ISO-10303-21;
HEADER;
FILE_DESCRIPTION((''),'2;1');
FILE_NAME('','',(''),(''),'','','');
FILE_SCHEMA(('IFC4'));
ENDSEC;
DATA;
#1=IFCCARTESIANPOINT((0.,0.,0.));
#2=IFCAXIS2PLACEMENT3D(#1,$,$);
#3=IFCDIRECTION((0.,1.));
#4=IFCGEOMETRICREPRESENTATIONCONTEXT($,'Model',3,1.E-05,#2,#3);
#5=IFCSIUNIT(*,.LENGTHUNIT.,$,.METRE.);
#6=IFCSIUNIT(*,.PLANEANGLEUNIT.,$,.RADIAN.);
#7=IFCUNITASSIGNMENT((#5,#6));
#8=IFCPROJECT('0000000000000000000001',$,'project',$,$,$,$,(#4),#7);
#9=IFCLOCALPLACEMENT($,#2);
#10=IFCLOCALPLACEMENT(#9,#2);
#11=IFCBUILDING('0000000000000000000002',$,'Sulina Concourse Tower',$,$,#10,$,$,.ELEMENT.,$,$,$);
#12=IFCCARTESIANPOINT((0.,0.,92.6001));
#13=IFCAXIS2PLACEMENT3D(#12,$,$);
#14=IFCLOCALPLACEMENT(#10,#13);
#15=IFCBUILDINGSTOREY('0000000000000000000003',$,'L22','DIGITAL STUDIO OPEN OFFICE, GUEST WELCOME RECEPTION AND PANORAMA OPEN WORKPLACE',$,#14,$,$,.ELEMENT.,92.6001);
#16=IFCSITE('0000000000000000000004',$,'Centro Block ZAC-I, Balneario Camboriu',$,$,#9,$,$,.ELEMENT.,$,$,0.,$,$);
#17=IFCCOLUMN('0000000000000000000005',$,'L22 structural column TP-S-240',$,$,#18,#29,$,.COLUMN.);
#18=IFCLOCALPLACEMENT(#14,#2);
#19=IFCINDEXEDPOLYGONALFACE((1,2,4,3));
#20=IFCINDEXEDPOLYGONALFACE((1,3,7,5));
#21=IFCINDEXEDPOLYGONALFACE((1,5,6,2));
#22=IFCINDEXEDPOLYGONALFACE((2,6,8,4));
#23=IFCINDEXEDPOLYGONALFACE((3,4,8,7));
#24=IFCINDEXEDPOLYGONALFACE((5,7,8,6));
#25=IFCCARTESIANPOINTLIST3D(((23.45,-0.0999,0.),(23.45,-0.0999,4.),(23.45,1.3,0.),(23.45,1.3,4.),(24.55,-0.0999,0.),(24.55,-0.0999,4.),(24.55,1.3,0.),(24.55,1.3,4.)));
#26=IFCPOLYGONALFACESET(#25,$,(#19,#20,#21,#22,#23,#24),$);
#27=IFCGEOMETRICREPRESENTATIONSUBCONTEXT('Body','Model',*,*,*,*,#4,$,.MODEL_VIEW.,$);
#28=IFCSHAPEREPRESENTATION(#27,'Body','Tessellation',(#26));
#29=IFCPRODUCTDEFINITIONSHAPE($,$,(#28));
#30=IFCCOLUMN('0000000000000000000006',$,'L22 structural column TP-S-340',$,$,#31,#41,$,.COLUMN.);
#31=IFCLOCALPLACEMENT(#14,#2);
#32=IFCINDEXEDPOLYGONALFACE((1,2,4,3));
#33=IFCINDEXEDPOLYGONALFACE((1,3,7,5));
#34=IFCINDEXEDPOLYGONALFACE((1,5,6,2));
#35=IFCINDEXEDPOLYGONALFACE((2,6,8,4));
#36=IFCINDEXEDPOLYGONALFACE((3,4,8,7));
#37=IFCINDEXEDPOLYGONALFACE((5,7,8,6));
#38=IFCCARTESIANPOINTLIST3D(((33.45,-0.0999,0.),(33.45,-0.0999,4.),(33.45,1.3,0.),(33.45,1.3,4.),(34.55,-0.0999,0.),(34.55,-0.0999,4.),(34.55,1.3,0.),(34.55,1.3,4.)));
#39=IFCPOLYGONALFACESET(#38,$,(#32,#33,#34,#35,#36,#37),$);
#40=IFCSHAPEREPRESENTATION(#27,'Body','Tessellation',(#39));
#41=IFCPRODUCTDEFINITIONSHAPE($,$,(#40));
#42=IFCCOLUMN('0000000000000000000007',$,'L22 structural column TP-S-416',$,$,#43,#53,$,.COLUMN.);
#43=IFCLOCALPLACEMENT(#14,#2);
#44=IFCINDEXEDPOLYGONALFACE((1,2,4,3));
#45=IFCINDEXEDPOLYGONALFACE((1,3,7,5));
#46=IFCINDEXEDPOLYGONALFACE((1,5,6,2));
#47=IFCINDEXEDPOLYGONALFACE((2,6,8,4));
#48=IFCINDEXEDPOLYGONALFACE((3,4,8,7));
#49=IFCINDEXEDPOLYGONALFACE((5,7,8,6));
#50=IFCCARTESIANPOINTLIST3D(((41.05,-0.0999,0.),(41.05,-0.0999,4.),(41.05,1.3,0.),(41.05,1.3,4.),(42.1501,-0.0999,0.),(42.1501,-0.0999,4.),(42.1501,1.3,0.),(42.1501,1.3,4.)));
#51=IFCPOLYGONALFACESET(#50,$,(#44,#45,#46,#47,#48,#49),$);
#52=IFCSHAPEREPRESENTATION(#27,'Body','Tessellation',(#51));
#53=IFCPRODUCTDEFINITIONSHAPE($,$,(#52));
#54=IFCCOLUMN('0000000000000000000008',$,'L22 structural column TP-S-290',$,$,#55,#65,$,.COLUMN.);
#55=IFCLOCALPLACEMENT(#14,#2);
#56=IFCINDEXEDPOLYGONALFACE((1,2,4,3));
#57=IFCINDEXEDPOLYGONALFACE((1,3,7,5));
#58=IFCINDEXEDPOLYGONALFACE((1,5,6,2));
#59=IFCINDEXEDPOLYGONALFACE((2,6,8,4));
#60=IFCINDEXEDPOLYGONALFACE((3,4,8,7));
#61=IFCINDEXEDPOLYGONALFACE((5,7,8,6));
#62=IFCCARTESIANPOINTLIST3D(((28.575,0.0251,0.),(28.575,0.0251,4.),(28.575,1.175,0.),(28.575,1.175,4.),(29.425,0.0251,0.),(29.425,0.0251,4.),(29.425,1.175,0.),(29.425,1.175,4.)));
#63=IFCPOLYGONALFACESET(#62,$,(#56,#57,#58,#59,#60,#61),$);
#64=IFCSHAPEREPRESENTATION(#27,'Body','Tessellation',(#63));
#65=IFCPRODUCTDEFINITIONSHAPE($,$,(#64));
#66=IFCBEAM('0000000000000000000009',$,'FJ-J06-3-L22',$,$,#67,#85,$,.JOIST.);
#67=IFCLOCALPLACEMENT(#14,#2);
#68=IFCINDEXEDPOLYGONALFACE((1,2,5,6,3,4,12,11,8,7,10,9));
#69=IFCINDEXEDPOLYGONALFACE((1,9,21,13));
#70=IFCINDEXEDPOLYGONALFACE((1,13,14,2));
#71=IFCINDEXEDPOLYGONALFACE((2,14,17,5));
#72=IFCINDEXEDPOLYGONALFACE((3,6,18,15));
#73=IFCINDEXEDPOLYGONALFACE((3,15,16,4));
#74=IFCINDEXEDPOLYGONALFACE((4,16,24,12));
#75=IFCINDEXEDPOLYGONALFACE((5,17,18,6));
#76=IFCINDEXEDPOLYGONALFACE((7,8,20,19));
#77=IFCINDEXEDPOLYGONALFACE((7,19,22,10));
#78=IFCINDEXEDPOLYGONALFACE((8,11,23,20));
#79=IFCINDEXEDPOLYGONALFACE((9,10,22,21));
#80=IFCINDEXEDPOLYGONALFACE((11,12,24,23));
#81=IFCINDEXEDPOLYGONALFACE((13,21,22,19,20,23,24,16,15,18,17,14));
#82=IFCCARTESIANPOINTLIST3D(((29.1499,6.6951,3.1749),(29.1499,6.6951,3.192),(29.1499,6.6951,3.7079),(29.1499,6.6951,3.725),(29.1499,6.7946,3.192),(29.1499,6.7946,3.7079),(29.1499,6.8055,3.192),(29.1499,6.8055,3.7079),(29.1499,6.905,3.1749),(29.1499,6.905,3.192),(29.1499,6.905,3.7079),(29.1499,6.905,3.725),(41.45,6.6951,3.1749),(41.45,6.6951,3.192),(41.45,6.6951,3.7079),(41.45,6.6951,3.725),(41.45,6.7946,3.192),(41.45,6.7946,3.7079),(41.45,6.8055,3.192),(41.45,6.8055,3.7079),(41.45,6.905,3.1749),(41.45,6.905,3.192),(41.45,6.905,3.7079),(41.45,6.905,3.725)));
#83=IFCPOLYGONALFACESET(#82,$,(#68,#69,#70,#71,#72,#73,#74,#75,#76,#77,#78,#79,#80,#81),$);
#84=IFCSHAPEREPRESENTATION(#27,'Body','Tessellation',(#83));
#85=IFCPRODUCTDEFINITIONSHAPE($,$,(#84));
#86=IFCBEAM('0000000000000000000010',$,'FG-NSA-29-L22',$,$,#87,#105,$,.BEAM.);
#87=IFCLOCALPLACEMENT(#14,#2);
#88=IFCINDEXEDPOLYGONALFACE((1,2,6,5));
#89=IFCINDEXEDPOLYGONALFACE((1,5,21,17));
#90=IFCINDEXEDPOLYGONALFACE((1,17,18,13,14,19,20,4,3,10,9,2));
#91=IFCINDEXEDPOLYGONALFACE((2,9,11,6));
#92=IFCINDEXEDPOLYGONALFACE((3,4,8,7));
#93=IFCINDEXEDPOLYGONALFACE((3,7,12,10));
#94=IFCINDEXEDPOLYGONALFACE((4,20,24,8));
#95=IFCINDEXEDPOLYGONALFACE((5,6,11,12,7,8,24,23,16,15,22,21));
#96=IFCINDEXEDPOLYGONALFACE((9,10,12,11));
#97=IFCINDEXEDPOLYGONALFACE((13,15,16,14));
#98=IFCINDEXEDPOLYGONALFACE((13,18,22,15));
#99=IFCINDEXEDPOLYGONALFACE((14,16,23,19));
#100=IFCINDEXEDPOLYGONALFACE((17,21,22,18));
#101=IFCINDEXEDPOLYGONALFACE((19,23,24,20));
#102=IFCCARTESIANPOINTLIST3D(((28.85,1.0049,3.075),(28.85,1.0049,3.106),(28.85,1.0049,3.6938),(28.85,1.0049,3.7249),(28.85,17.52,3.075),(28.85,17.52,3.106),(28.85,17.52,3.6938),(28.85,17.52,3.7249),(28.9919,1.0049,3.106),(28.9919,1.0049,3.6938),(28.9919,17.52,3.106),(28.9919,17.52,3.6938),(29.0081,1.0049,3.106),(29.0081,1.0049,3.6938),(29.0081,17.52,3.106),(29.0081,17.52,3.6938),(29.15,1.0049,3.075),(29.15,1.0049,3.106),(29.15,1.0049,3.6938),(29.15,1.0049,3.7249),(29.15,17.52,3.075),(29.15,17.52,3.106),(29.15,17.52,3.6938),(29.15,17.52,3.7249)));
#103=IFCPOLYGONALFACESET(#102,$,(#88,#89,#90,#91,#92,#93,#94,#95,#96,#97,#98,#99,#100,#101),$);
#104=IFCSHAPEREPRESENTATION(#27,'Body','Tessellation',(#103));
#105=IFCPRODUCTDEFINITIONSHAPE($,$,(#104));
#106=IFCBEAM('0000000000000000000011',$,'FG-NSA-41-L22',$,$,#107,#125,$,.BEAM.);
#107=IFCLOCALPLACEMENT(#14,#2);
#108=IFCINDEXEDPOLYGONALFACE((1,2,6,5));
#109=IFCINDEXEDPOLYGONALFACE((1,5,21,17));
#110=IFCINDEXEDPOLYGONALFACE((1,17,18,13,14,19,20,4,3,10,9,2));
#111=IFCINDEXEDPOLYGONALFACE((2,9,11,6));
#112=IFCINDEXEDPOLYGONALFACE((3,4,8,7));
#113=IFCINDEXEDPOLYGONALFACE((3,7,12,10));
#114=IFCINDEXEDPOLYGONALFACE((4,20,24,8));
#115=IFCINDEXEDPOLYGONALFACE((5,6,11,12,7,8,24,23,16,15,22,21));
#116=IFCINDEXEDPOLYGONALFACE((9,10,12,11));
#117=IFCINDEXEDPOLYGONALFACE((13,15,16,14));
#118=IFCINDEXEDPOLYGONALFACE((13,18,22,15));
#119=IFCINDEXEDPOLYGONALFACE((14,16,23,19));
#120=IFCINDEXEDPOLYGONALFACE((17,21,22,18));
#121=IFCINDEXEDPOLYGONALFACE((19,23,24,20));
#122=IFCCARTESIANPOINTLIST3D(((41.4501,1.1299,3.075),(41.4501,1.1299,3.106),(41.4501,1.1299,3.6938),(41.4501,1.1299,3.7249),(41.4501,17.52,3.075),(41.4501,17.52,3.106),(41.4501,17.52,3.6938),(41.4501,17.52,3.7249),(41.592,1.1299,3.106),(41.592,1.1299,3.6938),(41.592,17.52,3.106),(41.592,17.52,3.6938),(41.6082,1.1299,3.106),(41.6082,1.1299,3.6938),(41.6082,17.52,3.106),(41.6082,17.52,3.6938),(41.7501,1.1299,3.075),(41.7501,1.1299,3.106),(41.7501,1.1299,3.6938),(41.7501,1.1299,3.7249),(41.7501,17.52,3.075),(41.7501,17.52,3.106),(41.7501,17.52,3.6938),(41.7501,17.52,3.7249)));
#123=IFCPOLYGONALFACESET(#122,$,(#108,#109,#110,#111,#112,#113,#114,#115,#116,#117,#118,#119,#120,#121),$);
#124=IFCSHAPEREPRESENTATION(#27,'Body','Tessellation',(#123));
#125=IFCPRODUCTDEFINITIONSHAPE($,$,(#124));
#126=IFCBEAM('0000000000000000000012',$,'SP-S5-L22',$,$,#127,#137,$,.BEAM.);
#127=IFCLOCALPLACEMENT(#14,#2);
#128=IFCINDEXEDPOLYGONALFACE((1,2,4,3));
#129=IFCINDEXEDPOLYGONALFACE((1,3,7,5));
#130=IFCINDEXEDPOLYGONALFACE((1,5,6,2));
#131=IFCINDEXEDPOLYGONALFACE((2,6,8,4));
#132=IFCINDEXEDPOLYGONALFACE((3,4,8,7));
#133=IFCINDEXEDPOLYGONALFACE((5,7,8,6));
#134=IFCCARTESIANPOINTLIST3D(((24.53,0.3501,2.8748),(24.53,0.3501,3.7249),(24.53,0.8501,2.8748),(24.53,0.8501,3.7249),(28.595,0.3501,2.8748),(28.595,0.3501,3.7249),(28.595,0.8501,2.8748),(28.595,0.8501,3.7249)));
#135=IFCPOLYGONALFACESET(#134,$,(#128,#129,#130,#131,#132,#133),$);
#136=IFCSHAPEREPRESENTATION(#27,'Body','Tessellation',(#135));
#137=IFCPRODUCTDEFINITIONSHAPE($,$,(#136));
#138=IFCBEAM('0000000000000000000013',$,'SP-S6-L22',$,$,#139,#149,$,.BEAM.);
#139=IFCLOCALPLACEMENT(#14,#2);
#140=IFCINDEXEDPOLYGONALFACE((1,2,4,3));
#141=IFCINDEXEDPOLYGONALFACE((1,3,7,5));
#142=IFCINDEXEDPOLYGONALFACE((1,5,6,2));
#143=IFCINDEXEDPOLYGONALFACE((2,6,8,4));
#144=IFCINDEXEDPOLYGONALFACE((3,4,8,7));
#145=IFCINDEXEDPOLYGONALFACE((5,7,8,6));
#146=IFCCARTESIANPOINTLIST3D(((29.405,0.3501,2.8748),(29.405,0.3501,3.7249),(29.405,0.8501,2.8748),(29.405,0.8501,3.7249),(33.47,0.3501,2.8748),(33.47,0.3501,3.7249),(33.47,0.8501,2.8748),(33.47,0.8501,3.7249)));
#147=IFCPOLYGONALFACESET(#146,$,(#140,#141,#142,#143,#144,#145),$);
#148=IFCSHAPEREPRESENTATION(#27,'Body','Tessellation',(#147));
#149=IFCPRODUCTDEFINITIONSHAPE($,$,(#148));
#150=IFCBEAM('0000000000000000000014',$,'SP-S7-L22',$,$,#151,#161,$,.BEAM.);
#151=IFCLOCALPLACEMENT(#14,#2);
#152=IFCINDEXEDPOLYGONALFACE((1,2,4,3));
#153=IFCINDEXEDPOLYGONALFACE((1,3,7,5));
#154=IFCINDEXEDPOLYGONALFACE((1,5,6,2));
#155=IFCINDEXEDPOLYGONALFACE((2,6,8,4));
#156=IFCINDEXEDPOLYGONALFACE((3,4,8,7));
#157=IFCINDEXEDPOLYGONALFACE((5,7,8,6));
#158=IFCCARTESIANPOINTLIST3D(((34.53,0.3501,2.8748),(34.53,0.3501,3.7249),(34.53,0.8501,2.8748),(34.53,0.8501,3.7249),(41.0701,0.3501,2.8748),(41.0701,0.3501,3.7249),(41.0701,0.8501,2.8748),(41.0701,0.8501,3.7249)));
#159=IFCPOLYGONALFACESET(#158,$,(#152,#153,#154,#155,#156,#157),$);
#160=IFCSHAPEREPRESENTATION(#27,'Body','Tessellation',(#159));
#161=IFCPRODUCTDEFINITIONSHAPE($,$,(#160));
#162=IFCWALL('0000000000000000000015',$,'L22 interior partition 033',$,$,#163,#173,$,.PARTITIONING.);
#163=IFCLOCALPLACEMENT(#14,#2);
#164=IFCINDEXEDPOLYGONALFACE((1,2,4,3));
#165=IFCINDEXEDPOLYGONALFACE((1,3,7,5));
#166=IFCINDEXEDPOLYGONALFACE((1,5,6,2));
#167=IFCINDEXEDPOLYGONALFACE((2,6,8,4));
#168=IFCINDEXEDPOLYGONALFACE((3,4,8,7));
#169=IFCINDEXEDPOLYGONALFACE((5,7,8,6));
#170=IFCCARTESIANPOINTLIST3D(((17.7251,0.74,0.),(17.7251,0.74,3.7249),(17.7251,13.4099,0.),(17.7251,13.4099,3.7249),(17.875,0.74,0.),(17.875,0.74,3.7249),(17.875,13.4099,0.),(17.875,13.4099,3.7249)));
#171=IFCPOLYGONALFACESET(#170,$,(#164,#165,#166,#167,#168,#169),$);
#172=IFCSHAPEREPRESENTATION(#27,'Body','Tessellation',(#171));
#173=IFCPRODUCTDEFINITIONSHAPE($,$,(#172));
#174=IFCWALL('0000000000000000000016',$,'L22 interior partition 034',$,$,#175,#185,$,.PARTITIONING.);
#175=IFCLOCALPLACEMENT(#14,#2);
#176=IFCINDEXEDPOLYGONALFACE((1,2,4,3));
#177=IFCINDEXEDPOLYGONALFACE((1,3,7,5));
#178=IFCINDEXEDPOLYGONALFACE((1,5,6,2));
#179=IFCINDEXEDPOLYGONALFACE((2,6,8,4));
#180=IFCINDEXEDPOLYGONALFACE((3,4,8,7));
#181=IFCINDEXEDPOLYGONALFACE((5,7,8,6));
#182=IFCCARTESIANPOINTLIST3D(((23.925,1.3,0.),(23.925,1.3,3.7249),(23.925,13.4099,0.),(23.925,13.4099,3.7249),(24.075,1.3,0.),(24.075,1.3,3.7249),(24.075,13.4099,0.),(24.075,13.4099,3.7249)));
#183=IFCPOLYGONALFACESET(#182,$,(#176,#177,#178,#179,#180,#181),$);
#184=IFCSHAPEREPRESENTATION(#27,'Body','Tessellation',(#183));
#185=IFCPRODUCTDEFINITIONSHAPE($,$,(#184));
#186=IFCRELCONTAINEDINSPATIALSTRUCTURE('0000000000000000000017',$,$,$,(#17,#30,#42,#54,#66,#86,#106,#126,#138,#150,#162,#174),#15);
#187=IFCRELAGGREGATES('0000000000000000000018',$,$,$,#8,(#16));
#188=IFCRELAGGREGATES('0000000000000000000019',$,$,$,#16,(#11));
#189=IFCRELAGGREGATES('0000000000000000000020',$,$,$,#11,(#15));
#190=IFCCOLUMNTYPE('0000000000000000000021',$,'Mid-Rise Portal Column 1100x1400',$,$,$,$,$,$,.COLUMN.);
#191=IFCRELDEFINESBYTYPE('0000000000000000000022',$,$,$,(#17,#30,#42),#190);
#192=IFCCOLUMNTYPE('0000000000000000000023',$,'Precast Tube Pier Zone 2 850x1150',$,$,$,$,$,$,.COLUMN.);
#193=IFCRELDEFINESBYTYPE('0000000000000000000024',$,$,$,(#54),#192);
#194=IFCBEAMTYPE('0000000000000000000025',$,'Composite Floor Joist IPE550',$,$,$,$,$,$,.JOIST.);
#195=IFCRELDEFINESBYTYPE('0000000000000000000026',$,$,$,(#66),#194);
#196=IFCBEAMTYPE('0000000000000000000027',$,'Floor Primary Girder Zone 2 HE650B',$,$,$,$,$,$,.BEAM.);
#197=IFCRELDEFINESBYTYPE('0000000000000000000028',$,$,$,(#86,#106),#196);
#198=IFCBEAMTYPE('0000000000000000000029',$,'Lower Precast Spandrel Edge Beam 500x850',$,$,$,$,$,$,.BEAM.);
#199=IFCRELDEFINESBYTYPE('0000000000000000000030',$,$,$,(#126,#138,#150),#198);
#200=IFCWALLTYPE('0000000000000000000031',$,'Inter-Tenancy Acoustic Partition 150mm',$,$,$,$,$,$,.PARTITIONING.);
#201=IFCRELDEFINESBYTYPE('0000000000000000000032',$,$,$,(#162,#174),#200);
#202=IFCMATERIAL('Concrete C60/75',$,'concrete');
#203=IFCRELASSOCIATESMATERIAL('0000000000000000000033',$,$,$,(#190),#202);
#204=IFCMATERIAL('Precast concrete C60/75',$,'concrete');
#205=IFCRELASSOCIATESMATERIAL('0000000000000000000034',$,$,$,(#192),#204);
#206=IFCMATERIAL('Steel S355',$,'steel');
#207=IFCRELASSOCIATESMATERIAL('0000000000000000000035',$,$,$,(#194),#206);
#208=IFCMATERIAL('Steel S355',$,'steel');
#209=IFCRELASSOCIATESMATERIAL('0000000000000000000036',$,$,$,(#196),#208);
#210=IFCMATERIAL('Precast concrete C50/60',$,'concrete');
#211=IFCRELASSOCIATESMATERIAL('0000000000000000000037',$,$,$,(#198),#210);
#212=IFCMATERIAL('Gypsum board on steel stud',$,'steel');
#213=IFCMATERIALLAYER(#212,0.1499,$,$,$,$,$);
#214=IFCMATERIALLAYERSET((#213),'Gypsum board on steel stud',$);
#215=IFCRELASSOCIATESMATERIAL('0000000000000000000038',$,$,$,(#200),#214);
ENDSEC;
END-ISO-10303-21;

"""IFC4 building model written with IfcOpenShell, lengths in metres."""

from ifc_helpers import new_model, si_unit, direction, frame, frame_2d, origin, origin_2d, place, context, subcontext, project, spatial, rectangle, i_section, extrude, material, layer, layer_set, material_profile, profile_set, type_object, element, save


model = new_model("IFC4")

# Units and contexts
model_context = context("Model", 3, precision=1e-05, world=origin(), true_north=direction((0.0, 1.0)))
body_context = subcontext(model_context, "Body", "Model", "MODEL_VIEW")
ifc_project = project(units=[si_unit("LENGTHUNIT", "METRE"), si_unit("PLANEANGLEUNIT", "RADIAN")], contexts=[model_context])

# Site, building, storey
site_placement = place(None, origin())
site = spatial("IfcSite", under=ifc_project, at=site_placement, Name="Centro Block ZAC-I, Balneario Camboriu", CompositionType="ELEMENT", RefElevation=0.0)
building_placement = place(site_placement, origin())
building = spatial("IfcBuilding", under=site, at=building_placement, Name="Sulina Concourse Tower", CompositionType="ELEMENT")
storey_placement = place(building_placement, frame((0.0, 0.0, 92.6001)))
storey = spatial("IfcBuildingStorey", under=building, at=storey_placement, Name="L22", Description="DIGITAL STUDIO OPEN OFFICE, GUEST WELCOME RECEPTION AND PANORAMA OPEN WORKPLACE", CompositionType="ELEMENT", Elevation=92.6001)

# Columns
ifc_material_1 = material(Name="Concrete C60/75", Category="concrete")
ifc_material_profile_1 = material_profile(ifc_material_1, rectangle(XDim=1.1001, YDim=1.3999, at=origin_2d()), Name="RC 1100x1400")
ifc_profile_set_1 = profile_set([ifc_material_profile_1], Name="Concrete C60/75")
column_type_1 = type_object("IfcColumnType", Name="Mid-Rise Portal Column 1100x1400", PredefinedType="COLUMN", material=ifc_profile_set_1)
for number, where, z_axis, x_axis, name in (
    (1, (24.0, 0.6001, 0.0), (0.0, 0.0, 1.0), (1.0, 0.0, 0.0), "L22 structural column TP-S-240"),
    (2, (34.0, 0.6001, 0.0), (0.0, 0.0, 1.0), (1.0, 0.0, 0.0), "L22 structural column TP-S-340"),
    (3, (41.6001, 0.6001, 0.0), (0.0, 0.0, 1.0), (1.0, 0.0, 0.0), "L22 structural column TP-S-416"),
):
    element("IfcColumn", number, at=place(storey_placement, frame(where, z_axis=z_axis, x_axis=x_axis)), inside=storey, type_object=column_type_1, Name=name, PredefinedType="COLUMN", context=body_context, shape_type="SweptSolid", body=[
        extrude(rectangle(XDim=1.1001, YDim=1.3999, at=origin_2d()), origin(), (0.0, 0.0, 1.0), 4.0),
    ])
ifc_material_2 = material(Name="Precast concrete C60/75", Category="concrete")
ifc_material_profile_2 = material_profile(ifc_material_2, rectangle(XDim=0.8501, YDim=1.1499, at=origin_2d()), Name="PC 850x1150")
ifc_profile_set_2 = profile_set([ifc_material_profile_2], Name="Precast concrete C60/75")
column_type_2 = type_object("IfcColumnType", Name="Precast Tube Pier Zone 2 850x1150", PredefinedType="COLUMN", material=ifc_profile_set_2)
column_placement = place(storey_placement, frame((29.0, 0.6001, 0.0), z_axis=(0.0, 0.0, 1.0), x_axis=(1.0, 0.0, 0.0)))
element("IfcColumn", 4, at=column_placement, inside=storey, type_object=column_type_2, Name="L22 structural column TP-S-290", PredefinedType="COLUMN", context=body_context, shape_type="SweptSolid", body=[
    extrude(rectangle(XDim=0.8501, YDim=1.1499, at=origin_2d()), origin(), (0.0, 0.0, 1.0), 4.0),
])

# Beams
ifc_material_3 = material(Name="Steel S355", Category="steel")
ifc_material_profile_3 = material_profile(ifc_material_3, i_section(OverallWidth=0.21, OverallDepth=0.55, WebThickness=0.011, FlangeThickness=0.0171, at=origin_2d()), Name="IPE 550")
ifc_profile_set_3 = profile_set([ifc_material_profile_3], Name="Steel S355")
beam_type_1 = type_object("IfcBeamType", Name="Composite Floor Joist IPE550", PredefinedType="JOIST", material=ifc_profile_set_3)
beam_1_placement = place(storey_placement, frame((29.1499, 6.8, 3.45), z_axis=(1.0, 0.0, 0.0), x_axis=(0.0, 1.0, 0.0)))
element("IfcBeam", 5, at=beam_1_placement, inside=storey, type_object=beam_type_1, Name="FJ-J06-3-L22", PredefinedType="JOIST", context=body_context, shape_type="SweptSolid", body=[
    extrude(i_section(OverallWidth=0.21, OverallDepth=0.55, WebThickness=0.011, FlangeThickness=0.0171, at=origin_2d()), origin(), (0.0, 0.0, 1.0), 12.3),
])
ifc_material_4 = material(Name="Steel S355", Category="steel")
ifc_material_profile_4 = material_profile(ifc_material_4, i_section(OverallWidth=0.3, OverallDepth=0.6499, WebThickness=0.0161, FlangeThickness=0.031, at=origin_2d()), Name="HE 650 B")
ifc_profile_set_4 = profile_set([ifc_material_profile_4], Name="Steel S355")
beam_type_2 = type_object("IfcBeamType", Name="Floor Primary Girder Zone 2 HE650B", PredefinedType="BEAM", material=ifc_profile_set_4)
beam_2_placement = place(storey_placement, frame((29.0, 1.0049, 3.3999), z_axis=(0.0, 1.0, 0.0), x_axis=(-1.0, 0.0, 0.0)))
element("IfcBeam", 6, at=beam_2_placement, inside=storey, type_object=beam_type_2, Name="FG-NSA-29-L22", PredefinedType="BEAM", context=body_context, shape_type="SweptSolid", body=[
    extrude(i_section(OverallWidth=0.3, OverallDepth=0.6499, WebThickness=0.0161, FlangeThickness=0.031, at=origin_2d()), origin(), (0.0, 0.0, 1.0), 16.5151),
])
beam_3_placement = place(storey_placement, frame((41.6001, 1.1299, 3.3999), z_axis=(0.0, 1.0, 0.0), x_axis=(-1.0, 0.0, 0.0)))
element("IfcBeam", 7, at=beam_3_placement, inside=storey, type_object=beam_type_2, Name="FG-NSA-41-L22", PredefinedType="BEAM", context=body_context, shape_type="SweptSolid", body=[
    extrude(i_section(OverallWidth=0.3, OverallDepth=0.6499, WebThickness=0.0161, FlangeThickness=0.031, at=origin_2d()), origin(), (0.0, 0.0, 1.0), 16.3901),
])
ifc_material_5 = material(Name="Precast concrete C50/60", Category="concrete")
ifc_material_profile_5 = material_profile(ifc_material_5, rectangle(XDim=0.5, YDim=0.8501, at=origin_2d()), Name="RC 500x850")
ifc_profile_set_5 = profile_set([ifc_material_profile_5], Name="Precast concrete C50/60")
beam_type_3 = type_object("IfcBeamType", Name="Lower Precast Spandrel Edge Beam 500x850", PredefinedType="BEAM", material=ifc_profile_set_5)
for number, where, z_axis, x_axis, name in (
    (8, (24.53, 0.6001, 3.2998), (1.0, 0.0, 0.0), (0.0, 1.0, 0.0), "SP-S5-L22"),
    (9, (29.405, 0.6001, 3.2998), (1.0, 0.0, 0.0), (0.0, 1.0, 0.0), "SP-S6-L22"),
):
    element("IfcBeam", number, at=place(storey_placement, frame(where, z_axis=z_axis, x_axis=x_axis)), inside=storey, type_object=beam_type_3, Name=name, PredefinedType="BEAM", context=body_context, shape_type="SweptSolid", body=[
        extrude(rectangle(XDim=0.5, YDim=0.8501, at=origin_2d()), origin(), (0.0, 0.0, 1.0), 4.0649),
    ])
beam_4_placement = place(storey_placement, frame((34.53, 0.6001, 3.2998), z_axis=(1.0, 0.0, 0.0), x_axis=(0.0, 1.0, 0.0)))
element("IfcBeam", 10, at=beam_4_placement, inside=storey, type_object=beam_type_3, Name="SP-S7-L22", PredefinedType="BEAM", context=body_context, shape_type="SweptSolid", body=[
    extrude(rectangle(XDim=0.5, YDim=0.8501, at=origin_2d()), origin(), (0.0, 0.0, 1.0), 6.54),
])

# Walls
ifc_material_6 = material(Name="Gypsum board on steel stud", Category="steel")
ifc_layer_1 = layer(ifc_material_6, 0.1499)
ifc_layer_set_1 = layer_set([ifc_layer_1], Name="Gypsum board on steel stud")
wall_type_1 = type_object("IfcWallType", Name="Inter-Tenancy Acoustic Partition 150mm", PredefinedType="PARTITIONING", material=ifc_layer_set_1)
wall_1_placement = place(storey_placement, frame((17.8, 0.74, 0.0), z_axis=(0.0, 0.0, 1.0), x_axis=(0.0, 1.0, 0.0)))
element("IfcWall", 11, at=wall_1_placement, inside=storey, type_object=wall_type_1, Name="L22 interior partition 033", PredefinedType="PARTITIONING", context=body_context, shape_type="SweptSolid", body=[
    extrude(rectangle(XDim=12.6699, YDim=0.1499, at=frame_2d((6.335, 0.0))), origin(), (0.0, 0.0, 1.0), 3.7249),
])
wall_2_placement = place(storey_placement, frame((24.0, 1.3, 0.0), z_axis=(0.0, 0.0, 1.0), x_axis=(0.0, 1.0, 0.0)))
element("IfcWall", 12, at=wall_2_placement, inside=storey, type_object=wall_type_1, Name="L22 interior partition 034", PredefinedType="PARTITIONING", context=body_context, shape_type="SweptSolid", body=[
    extrude(rectangle(XDim=12.1099, YDim=0.1499, at=frame_2d((6.0549, 0.0))), origin(), (0.0, 0.0, 1.0), 3.7249),
])

save(model, "model.ifc")
